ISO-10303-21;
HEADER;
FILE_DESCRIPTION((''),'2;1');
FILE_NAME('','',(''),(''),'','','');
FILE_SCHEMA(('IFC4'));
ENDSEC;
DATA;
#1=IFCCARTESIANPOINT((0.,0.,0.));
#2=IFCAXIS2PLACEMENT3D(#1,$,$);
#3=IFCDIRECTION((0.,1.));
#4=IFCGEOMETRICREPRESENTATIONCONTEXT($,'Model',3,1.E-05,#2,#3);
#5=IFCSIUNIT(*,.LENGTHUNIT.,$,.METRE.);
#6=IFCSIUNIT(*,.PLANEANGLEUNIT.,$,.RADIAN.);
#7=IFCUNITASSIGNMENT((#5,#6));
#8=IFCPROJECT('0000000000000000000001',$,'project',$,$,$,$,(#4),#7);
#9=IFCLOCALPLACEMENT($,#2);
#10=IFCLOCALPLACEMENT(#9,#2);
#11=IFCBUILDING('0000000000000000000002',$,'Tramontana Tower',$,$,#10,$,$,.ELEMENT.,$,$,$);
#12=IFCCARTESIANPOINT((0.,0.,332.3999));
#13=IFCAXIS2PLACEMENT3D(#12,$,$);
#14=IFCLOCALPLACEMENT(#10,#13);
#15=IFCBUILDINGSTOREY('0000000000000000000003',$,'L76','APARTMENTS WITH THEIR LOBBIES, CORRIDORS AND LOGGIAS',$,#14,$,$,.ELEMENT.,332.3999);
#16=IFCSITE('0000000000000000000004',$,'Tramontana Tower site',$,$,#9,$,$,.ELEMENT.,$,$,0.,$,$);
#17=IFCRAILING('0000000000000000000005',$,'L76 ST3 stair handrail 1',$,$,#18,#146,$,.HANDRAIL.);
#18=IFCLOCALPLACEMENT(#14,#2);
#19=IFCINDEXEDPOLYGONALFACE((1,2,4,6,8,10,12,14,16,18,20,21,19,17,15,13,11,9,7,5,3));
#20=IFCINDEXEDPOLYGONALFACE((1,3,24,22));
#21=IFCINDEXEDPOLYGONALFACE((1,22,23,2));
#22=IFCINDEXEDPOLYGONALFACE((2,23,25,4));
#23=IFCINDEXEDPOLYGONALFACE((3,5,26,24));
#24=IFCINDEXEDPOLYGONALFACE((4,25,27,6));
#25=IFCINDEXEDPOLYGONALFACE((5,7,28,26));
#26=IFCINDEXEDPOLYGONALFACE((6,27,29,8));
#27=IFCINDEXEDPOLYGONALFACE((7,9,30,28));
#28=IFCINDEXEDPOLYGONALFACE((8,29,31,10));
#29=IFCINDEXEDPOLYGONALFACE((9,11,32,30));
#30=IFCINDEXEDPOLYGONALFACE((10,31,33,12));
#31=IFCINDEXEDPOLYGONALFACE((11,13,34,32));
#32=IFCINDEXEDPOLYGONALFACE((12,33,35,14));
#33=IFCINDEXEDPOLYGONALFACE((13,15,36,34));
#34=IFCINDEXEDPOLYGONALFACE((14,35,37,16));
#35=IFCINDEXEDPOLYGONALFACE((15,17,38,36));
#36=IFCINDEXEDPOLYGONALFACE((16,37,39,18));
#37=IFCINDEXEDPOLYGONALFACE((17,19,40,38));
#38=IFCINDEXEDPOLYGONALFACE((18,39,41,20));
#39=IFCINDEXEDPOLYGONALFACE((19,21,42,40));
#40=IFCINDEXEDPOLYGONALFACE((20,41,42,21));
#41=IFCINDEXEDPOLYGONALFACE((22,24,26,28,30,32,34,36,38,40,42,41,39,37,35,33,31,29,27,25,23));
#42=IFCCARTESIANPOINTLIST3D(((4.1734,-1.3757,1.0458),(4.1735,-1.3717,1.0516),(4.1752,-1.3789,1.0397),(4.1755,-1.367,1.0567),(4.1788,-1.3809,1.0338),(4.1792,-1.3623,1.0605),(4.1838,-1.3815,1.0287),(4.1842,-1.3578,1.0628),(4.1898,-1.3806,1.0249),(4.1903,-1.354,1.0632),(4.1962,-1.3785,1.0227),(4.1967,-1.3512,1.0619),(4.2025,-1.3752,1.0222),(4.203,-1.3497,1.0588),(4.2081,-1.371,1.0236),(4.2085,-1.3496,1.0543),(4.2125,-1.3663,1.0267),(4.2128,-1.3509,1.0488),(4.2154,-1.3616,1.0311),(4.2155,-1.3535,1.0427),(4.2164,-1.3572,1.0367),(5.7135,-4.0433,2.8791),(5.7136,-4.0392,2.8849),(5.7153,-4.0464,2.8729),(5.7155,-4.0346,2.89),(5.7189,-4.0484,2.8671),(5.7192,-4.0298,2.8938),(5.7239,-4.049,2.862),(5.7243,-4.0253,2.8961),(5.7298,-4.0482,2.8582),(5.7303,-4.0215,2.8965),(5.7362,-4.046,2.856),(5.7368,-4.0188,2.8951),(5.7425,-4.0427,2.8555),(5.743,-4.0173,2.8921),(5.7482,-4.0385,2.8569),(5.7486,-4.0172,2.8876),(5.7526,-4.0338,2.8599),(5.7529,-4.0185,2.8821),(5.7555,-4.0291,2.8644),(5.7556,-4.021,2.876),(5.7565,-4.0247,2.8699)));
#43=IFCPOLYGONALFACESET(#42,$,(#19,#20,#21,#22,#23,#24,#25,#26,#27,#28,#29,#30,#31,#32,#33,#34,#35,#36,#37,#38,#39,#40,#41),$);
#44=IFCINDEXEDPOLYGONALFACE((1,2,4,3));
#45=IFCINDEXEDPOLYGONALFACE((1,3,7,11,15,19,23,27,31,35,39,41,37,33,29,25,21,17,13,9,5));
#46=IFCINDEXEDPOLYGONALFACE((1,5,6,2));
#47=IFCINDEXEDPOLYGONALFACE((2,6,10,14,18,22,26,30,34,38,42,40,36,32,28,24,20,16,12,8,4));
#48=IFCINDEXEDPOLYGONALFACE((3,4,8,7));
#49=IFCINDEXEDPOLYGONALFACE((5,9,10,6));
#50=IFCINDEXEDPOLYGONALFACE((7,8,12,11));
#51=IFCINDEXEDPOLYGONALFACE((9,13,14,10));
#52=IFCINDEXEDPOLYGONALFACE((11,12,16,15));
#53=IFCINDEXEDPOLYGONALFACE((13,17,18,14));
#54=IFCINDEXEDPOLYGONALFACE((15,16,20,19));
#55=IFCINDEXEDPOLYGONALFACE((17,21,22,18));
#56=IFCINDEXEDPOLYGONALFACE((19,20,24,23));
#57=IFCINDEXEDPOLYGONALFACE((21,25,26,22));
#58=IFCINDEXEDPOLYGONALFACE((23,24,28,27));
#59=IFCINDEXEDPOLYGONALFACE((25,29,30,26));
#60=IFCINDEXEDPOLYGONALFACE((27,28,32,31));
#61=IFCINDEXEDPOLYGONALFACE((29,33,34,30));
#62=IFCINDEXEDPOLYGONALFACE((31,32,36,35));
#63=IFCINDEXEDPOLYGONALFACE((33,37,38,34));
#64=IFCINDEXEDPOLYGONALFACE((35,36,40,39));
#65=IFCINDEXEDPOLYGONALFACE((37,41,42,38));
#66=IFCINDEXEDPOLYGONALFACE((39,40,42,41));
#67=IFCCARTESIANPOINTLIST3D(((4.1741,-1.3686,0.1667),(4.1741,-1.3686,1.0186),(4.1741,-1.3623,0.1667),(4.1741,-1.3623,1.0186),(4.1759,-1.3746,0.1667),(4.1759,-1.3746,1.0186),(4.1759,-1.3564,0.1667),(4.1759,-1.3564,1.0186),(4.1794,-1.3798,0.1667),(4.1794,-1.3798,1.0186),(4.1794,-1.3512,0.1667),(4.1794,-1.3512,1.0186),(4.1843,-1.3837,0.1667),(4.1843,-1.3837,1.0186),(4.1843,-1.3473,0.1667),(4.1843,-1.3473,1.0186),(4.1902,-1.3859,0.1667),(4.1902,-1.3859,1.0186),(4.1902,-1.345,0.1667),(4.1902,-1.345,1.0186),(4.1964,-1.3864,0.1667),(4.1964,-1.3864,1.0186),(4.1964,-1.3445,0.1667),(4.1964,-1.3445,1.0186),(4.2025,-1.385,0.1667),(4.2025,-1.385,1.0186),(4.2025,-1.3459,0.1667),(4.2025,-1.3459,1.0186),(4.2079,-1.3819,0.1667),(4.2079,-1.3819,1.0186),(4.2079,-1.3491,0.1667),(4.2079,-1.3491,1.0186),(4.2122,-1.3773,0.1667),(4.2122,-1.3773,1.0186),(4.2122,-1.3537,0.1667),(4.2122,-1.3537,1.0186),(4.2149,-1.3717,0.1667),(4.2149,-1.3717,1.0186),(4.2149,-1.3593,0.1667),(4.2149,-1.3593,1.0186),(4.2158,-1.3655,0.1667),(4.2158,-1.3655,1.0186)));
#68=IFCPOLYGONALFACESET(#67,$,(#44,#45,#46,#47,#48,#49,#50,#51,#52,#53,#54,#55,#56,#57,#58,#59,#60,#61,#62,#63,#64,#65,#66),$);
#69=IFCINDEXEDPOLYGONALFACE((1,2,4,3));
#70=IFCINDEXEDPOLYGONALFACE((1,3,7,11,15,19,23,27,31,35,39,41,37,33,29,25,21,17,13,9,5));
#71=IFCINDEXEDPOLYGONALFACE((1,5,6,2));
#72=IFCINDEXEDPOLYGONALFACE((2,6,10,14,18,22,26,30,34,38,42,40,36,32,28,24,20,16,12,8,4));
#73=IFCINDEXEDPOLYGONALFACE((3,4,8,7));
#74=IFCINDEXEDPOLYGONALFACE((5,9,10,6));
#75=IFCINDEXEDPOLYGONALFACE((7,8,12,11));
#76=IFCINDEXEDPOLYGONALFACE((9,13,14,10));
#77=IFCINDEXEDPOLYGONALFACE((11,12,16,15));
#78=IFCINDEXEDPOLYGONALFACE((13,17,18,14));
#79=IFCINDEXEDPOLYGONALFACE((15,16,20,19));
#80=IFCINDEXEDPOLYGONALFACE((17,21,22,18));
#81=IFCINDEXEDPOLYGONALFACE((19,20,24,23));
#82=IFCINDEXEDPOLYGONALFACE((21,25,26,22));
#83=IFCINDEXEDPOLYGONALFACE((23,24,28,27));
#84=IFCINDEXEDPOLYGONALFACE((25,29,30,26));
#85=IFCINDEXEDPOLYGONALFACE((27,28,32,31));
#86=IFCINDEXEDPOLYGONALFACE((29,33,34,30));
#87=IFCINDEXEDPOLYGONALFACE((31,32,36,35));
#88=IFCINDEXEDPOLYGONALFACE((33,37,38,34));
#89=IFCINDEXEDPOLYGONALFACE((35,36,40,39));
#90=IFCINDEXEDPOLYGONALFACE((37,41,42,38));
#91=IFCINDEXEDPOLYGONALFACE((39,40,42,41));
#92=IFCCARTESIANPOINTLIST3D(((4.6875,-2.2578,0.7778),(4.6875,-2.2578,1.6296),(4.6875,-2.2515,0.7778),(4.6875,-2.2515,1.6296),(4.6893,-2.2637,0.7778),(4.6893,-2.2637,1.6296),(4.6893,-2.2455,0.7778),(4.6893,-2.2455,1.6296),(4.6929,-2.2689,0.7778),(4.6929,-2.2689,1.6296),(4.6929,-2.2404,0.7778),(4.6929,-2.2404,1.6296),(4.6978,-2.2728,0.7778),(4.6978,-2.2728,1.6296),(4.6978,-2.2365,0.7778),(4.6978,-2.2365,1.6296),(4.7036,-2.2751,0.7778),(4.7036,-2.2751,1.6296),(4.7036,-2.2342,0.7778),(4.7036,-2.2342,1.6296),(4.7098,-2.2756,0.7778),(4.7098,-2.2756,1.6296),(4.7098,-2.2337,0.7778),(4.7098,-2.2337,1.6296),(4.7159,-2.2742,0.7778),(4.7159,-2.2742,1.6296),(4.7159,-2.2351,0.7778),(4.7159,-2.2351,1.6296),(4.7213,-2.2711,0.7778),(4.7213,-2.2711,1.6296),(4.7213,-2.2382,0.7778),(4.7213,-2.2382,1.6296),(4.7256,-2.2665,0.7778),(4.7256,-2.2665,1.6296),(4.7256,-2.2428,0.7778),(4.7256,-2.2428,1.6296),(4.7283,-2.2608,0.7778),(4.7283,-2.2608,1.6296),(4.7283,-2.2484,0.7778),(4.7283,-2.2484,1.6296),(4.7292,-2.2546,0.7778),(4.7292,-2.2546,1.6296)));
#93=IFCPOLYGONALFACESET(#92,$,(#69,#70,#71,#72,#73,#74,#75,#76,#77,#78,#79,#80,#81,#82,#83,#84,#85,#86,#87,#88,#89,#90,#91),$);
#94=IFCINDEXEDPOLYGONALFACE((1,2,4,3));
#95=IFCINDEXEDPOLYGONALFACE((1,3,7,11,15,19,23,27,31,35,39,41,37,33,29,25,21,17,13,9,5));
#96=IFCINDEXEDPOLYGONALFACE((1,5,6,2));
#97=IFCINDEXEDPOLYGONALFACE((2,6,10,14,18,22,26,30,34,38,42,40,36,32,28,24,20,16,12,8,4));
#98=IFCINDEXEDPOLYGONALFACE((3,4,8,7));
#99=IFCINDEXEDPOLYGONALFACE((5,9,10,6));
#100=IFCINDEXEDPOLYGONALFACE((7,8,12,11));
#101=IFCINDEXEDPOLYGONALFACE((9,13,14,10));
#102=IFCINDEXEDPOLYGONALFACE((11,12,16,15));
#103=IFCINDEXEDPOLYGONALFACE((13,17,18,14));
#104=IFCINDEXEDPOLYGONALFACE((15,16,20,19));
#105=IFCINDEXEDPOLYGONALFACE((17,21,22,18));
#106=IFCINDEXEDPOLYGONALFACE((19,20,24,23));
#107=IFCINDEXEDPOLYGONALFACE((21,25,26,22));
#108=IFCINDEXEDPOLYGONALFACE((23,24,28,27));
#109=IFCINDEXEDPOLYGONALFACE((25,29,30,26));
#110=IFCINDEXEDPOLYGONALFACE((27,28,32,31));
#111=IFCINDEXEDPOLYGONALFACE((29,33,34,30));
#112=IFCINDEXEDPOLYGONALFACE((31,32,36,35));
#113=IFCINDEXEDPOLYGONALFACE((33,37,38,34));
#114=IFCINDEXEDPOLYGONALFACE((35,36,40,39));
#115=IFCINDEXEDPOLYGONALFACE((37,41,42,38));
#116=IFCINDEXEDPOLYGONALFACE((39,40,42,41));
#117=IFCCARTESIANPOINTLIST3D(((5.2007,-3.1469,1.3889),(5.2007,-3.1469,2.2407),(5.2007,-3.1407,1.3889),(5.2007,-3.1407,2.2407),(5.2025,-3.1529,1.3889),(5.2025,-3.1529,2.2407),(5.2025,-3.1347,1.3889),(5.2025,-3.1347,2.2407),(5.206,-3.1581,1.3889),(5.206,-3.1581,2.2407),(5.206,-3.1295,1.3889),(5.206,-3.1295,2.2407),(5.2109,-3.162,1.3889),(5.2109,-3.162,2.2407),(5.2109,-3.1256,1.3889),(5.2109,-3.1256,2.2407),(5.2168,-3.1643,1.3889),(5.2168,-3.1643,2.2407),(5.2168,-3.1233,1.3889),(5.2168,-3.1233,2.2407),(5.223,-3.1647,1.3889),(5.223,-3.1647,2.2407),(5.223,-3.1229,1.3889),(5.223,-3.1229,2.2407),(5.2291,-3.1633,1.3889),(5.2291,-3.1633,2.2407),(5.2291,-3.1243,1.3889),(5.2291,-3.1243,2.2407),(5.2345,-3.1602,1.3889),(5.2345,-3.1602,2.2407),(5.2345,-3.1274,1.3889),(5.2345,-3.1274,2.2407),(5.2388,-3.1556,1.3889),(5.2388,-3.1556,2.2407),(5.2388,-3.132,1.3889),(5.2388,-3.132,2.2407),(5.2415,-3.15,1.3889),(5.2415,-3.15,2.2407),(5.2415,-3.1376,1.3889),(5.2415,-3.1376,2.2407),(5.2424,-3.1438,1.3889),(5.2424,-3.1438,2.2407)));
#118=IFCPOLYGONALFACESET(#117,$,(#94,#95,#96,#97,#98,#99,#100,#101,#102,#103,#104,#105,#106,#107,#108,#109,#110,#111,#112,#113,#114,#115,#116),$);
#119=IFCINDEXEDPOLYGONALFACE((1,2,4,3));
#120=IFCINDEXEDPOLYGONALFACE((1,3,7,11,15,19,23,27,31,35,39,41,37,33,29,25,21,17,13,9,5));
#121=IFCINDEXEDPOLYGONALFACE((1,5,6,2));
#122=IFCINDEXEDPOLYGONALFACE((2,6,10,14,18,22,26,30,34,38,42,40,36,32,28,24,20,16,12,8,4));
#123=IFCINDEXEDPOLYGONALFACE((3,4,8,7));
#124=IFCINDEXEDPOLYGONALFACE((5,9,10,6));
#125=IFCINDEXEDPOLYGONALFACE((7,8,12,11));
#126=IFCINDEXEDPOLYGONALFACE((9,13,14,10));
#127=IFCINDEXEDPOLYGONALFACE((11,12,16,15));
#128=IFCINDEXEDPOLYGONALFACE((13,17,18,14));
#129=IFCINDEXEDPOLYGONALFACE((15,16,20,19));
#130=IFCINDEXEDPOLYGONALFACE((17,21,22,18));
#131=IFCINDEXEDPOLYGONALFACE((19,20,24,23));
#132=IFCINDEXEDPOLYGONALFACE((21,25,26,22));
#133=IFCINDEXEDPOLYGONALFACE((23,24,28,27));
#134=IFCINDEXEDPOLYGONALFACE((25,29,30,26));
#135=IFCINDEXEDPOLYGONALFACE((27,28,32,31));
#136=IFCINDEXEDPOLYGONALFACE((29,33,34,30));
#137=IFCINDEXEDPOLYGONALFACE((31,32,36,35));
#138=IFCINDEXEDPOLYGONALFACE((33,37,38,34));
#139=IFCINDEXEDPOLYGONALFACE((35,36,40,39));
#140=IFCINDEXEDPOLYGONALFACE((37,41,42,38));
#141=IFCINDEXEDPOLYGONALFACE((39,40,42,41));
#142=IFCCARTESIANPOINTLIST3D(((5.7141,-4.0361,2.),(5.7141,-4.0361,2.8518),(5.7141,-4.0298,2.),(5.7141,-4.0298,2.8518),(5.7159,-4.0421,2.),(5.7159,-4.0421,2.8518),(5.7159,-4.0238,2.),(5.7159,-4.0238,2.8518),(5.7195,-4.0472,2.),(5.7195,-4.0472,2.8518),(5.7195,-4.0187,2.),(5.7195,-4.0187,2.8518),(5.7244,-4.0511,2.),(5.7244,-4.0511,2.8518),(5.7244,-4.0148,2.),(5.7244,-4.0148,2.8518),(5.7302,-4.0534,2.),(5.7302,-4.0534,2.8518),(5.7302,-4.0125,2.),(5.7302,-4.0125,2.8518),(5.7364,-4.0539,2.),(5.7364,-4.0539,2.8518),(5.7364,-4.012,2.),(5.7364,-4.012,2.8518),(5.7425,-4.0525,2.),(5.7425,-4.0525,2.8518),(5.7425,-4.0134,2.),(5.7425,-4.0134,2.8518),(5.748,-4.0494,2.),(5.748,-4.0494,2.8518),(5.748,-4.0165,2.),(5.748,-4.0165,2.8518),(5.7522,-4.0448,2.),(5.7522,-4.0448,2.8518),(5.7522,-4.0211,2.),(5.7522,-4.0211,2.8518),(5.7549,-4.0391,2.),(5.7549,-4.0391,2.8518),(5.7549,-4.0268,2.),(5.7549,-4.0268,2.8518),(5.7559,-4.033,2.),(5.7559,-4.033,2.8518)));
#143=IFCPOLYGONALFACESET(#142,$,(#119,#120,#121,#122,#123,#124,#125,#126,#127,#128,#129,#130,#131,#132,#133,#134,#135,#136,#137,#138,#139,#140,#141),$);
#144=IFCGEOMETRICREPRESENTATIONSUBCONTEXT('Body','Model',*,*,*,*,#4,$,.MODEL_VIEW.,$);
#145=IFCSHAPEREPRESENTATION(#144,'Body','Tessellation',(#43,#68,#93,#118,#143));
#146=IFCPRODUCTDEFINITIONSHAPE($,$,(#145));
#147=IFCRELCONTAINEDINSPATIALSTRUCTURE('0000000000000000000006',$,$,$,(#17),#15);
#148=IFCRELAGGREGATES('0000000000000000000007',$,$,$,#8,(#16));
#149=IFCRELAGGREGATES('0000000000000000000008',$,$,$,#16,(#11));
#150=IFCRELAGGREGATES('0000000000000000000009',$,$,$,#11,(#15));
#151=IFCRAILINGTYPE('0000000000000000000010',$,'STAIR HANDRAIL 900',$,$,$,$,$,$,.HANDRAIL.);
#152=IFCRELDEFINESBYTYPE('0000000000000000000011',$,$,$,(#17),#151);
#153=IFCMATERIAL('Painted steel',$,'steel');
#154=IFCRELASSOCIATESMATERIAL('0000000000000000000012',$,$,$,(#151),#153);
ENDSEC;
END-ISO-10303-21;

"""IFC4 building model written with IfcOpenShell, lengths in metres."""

from ifc_helpers import new_model, si_unit, direction, frame, origin, origin_2d, place, context, subcontext, project, spatial, circle, extrude, material, type_object, element, save


model = new_model("IFC4")

# Units and contexts
model_context = context("Model", 3, precision=1e-05, world=origin(), true_north=direction((0.0, 1.0)))
body_context = subcontext(model_context, "Body", "Model", "MODEL_VIEW")
ifc_project = project(units=[si_unit("LENGTHUNIT", "METRE"), si_unit("PLANEANGLEUNIT", "RADIAN")], contexts=[model_context])

# Site, building, storey
site_placement = place(None, origin())
site = spatial("IfcSite", under=ifc_project, at=site_placement, Name="Tramontana Tower site", CompositionType="ELEMENT", RefElevation=0.0)
building_placement = place(site_placement, origin())
building = spatial("IfcBuilding", under=site, at=building_placement, Name="Tramontana Tower", CompositionType="ELEMENT")
storey_placement = place(building_placement, frame((0.0, 0.0, 332.3999)))
storey = spatial("IfcBuildingStorey", under=building, at=storey_placement, Name="L76", Description="APARTMENTS WITH THEIR LOBBIES, CORRIDORS AND LOGGIAS", CompositionType="ELEMENT", Elevation=332.3999)

# Railing
ifc_material_1 = material(Name="Painted steel", Category="steel")
railing_type_1 = type_object("IfcRailingType", Name="STAIR HANDRAIL 900", PredefinedType="HANDRAIL", material=ifc_material_1)
railing_1_placement = place(storey_placement, frame((4.1948, -1.3655, 0.1667)))
element("IfcRailing", 1, at=railing_1_placement, inside=storey, type_object=railing_type_1, Name="L76 ST3 stair handrail 1", PredefinedType="HANDRAIL", context=body_context, shape_type="SweptSolid", body=[
    extrude(circle(Radius=0.0239, at=origin_2d()), frame((0.0, 0.0, 0.876), z_axis=(0.429649, -0.74419, 0.511452), x_axis=(0.86603, 0.499992, 0.0)), (0.0, 0.0, 1.0), 3.5845),
    extrude(circle(Radius=0.021, at=origin_2d()), origin(), (0.0, 0.0, 1.0), 0.8518),
    extrude(circle(Radius=0.021, at=origin_2d()), frame((0.5134, -0.8892, 0.6111)), (0.0, 0.0, 1.0), 0.8518),
    extrude(circle(Radius=0.021, at=origin_2d()), frame((1.0266, -1.7783, 1.2222)), (0.0, 0.0, 1.0), 0.8518),
    extrude(circle(Radius=0.021, at=origin_2d()), frame((1.54, -2.6675, 1.8333)), (0.0, 0.0, 1.0), 0.8518),
])

save(model, "model.ifc")
